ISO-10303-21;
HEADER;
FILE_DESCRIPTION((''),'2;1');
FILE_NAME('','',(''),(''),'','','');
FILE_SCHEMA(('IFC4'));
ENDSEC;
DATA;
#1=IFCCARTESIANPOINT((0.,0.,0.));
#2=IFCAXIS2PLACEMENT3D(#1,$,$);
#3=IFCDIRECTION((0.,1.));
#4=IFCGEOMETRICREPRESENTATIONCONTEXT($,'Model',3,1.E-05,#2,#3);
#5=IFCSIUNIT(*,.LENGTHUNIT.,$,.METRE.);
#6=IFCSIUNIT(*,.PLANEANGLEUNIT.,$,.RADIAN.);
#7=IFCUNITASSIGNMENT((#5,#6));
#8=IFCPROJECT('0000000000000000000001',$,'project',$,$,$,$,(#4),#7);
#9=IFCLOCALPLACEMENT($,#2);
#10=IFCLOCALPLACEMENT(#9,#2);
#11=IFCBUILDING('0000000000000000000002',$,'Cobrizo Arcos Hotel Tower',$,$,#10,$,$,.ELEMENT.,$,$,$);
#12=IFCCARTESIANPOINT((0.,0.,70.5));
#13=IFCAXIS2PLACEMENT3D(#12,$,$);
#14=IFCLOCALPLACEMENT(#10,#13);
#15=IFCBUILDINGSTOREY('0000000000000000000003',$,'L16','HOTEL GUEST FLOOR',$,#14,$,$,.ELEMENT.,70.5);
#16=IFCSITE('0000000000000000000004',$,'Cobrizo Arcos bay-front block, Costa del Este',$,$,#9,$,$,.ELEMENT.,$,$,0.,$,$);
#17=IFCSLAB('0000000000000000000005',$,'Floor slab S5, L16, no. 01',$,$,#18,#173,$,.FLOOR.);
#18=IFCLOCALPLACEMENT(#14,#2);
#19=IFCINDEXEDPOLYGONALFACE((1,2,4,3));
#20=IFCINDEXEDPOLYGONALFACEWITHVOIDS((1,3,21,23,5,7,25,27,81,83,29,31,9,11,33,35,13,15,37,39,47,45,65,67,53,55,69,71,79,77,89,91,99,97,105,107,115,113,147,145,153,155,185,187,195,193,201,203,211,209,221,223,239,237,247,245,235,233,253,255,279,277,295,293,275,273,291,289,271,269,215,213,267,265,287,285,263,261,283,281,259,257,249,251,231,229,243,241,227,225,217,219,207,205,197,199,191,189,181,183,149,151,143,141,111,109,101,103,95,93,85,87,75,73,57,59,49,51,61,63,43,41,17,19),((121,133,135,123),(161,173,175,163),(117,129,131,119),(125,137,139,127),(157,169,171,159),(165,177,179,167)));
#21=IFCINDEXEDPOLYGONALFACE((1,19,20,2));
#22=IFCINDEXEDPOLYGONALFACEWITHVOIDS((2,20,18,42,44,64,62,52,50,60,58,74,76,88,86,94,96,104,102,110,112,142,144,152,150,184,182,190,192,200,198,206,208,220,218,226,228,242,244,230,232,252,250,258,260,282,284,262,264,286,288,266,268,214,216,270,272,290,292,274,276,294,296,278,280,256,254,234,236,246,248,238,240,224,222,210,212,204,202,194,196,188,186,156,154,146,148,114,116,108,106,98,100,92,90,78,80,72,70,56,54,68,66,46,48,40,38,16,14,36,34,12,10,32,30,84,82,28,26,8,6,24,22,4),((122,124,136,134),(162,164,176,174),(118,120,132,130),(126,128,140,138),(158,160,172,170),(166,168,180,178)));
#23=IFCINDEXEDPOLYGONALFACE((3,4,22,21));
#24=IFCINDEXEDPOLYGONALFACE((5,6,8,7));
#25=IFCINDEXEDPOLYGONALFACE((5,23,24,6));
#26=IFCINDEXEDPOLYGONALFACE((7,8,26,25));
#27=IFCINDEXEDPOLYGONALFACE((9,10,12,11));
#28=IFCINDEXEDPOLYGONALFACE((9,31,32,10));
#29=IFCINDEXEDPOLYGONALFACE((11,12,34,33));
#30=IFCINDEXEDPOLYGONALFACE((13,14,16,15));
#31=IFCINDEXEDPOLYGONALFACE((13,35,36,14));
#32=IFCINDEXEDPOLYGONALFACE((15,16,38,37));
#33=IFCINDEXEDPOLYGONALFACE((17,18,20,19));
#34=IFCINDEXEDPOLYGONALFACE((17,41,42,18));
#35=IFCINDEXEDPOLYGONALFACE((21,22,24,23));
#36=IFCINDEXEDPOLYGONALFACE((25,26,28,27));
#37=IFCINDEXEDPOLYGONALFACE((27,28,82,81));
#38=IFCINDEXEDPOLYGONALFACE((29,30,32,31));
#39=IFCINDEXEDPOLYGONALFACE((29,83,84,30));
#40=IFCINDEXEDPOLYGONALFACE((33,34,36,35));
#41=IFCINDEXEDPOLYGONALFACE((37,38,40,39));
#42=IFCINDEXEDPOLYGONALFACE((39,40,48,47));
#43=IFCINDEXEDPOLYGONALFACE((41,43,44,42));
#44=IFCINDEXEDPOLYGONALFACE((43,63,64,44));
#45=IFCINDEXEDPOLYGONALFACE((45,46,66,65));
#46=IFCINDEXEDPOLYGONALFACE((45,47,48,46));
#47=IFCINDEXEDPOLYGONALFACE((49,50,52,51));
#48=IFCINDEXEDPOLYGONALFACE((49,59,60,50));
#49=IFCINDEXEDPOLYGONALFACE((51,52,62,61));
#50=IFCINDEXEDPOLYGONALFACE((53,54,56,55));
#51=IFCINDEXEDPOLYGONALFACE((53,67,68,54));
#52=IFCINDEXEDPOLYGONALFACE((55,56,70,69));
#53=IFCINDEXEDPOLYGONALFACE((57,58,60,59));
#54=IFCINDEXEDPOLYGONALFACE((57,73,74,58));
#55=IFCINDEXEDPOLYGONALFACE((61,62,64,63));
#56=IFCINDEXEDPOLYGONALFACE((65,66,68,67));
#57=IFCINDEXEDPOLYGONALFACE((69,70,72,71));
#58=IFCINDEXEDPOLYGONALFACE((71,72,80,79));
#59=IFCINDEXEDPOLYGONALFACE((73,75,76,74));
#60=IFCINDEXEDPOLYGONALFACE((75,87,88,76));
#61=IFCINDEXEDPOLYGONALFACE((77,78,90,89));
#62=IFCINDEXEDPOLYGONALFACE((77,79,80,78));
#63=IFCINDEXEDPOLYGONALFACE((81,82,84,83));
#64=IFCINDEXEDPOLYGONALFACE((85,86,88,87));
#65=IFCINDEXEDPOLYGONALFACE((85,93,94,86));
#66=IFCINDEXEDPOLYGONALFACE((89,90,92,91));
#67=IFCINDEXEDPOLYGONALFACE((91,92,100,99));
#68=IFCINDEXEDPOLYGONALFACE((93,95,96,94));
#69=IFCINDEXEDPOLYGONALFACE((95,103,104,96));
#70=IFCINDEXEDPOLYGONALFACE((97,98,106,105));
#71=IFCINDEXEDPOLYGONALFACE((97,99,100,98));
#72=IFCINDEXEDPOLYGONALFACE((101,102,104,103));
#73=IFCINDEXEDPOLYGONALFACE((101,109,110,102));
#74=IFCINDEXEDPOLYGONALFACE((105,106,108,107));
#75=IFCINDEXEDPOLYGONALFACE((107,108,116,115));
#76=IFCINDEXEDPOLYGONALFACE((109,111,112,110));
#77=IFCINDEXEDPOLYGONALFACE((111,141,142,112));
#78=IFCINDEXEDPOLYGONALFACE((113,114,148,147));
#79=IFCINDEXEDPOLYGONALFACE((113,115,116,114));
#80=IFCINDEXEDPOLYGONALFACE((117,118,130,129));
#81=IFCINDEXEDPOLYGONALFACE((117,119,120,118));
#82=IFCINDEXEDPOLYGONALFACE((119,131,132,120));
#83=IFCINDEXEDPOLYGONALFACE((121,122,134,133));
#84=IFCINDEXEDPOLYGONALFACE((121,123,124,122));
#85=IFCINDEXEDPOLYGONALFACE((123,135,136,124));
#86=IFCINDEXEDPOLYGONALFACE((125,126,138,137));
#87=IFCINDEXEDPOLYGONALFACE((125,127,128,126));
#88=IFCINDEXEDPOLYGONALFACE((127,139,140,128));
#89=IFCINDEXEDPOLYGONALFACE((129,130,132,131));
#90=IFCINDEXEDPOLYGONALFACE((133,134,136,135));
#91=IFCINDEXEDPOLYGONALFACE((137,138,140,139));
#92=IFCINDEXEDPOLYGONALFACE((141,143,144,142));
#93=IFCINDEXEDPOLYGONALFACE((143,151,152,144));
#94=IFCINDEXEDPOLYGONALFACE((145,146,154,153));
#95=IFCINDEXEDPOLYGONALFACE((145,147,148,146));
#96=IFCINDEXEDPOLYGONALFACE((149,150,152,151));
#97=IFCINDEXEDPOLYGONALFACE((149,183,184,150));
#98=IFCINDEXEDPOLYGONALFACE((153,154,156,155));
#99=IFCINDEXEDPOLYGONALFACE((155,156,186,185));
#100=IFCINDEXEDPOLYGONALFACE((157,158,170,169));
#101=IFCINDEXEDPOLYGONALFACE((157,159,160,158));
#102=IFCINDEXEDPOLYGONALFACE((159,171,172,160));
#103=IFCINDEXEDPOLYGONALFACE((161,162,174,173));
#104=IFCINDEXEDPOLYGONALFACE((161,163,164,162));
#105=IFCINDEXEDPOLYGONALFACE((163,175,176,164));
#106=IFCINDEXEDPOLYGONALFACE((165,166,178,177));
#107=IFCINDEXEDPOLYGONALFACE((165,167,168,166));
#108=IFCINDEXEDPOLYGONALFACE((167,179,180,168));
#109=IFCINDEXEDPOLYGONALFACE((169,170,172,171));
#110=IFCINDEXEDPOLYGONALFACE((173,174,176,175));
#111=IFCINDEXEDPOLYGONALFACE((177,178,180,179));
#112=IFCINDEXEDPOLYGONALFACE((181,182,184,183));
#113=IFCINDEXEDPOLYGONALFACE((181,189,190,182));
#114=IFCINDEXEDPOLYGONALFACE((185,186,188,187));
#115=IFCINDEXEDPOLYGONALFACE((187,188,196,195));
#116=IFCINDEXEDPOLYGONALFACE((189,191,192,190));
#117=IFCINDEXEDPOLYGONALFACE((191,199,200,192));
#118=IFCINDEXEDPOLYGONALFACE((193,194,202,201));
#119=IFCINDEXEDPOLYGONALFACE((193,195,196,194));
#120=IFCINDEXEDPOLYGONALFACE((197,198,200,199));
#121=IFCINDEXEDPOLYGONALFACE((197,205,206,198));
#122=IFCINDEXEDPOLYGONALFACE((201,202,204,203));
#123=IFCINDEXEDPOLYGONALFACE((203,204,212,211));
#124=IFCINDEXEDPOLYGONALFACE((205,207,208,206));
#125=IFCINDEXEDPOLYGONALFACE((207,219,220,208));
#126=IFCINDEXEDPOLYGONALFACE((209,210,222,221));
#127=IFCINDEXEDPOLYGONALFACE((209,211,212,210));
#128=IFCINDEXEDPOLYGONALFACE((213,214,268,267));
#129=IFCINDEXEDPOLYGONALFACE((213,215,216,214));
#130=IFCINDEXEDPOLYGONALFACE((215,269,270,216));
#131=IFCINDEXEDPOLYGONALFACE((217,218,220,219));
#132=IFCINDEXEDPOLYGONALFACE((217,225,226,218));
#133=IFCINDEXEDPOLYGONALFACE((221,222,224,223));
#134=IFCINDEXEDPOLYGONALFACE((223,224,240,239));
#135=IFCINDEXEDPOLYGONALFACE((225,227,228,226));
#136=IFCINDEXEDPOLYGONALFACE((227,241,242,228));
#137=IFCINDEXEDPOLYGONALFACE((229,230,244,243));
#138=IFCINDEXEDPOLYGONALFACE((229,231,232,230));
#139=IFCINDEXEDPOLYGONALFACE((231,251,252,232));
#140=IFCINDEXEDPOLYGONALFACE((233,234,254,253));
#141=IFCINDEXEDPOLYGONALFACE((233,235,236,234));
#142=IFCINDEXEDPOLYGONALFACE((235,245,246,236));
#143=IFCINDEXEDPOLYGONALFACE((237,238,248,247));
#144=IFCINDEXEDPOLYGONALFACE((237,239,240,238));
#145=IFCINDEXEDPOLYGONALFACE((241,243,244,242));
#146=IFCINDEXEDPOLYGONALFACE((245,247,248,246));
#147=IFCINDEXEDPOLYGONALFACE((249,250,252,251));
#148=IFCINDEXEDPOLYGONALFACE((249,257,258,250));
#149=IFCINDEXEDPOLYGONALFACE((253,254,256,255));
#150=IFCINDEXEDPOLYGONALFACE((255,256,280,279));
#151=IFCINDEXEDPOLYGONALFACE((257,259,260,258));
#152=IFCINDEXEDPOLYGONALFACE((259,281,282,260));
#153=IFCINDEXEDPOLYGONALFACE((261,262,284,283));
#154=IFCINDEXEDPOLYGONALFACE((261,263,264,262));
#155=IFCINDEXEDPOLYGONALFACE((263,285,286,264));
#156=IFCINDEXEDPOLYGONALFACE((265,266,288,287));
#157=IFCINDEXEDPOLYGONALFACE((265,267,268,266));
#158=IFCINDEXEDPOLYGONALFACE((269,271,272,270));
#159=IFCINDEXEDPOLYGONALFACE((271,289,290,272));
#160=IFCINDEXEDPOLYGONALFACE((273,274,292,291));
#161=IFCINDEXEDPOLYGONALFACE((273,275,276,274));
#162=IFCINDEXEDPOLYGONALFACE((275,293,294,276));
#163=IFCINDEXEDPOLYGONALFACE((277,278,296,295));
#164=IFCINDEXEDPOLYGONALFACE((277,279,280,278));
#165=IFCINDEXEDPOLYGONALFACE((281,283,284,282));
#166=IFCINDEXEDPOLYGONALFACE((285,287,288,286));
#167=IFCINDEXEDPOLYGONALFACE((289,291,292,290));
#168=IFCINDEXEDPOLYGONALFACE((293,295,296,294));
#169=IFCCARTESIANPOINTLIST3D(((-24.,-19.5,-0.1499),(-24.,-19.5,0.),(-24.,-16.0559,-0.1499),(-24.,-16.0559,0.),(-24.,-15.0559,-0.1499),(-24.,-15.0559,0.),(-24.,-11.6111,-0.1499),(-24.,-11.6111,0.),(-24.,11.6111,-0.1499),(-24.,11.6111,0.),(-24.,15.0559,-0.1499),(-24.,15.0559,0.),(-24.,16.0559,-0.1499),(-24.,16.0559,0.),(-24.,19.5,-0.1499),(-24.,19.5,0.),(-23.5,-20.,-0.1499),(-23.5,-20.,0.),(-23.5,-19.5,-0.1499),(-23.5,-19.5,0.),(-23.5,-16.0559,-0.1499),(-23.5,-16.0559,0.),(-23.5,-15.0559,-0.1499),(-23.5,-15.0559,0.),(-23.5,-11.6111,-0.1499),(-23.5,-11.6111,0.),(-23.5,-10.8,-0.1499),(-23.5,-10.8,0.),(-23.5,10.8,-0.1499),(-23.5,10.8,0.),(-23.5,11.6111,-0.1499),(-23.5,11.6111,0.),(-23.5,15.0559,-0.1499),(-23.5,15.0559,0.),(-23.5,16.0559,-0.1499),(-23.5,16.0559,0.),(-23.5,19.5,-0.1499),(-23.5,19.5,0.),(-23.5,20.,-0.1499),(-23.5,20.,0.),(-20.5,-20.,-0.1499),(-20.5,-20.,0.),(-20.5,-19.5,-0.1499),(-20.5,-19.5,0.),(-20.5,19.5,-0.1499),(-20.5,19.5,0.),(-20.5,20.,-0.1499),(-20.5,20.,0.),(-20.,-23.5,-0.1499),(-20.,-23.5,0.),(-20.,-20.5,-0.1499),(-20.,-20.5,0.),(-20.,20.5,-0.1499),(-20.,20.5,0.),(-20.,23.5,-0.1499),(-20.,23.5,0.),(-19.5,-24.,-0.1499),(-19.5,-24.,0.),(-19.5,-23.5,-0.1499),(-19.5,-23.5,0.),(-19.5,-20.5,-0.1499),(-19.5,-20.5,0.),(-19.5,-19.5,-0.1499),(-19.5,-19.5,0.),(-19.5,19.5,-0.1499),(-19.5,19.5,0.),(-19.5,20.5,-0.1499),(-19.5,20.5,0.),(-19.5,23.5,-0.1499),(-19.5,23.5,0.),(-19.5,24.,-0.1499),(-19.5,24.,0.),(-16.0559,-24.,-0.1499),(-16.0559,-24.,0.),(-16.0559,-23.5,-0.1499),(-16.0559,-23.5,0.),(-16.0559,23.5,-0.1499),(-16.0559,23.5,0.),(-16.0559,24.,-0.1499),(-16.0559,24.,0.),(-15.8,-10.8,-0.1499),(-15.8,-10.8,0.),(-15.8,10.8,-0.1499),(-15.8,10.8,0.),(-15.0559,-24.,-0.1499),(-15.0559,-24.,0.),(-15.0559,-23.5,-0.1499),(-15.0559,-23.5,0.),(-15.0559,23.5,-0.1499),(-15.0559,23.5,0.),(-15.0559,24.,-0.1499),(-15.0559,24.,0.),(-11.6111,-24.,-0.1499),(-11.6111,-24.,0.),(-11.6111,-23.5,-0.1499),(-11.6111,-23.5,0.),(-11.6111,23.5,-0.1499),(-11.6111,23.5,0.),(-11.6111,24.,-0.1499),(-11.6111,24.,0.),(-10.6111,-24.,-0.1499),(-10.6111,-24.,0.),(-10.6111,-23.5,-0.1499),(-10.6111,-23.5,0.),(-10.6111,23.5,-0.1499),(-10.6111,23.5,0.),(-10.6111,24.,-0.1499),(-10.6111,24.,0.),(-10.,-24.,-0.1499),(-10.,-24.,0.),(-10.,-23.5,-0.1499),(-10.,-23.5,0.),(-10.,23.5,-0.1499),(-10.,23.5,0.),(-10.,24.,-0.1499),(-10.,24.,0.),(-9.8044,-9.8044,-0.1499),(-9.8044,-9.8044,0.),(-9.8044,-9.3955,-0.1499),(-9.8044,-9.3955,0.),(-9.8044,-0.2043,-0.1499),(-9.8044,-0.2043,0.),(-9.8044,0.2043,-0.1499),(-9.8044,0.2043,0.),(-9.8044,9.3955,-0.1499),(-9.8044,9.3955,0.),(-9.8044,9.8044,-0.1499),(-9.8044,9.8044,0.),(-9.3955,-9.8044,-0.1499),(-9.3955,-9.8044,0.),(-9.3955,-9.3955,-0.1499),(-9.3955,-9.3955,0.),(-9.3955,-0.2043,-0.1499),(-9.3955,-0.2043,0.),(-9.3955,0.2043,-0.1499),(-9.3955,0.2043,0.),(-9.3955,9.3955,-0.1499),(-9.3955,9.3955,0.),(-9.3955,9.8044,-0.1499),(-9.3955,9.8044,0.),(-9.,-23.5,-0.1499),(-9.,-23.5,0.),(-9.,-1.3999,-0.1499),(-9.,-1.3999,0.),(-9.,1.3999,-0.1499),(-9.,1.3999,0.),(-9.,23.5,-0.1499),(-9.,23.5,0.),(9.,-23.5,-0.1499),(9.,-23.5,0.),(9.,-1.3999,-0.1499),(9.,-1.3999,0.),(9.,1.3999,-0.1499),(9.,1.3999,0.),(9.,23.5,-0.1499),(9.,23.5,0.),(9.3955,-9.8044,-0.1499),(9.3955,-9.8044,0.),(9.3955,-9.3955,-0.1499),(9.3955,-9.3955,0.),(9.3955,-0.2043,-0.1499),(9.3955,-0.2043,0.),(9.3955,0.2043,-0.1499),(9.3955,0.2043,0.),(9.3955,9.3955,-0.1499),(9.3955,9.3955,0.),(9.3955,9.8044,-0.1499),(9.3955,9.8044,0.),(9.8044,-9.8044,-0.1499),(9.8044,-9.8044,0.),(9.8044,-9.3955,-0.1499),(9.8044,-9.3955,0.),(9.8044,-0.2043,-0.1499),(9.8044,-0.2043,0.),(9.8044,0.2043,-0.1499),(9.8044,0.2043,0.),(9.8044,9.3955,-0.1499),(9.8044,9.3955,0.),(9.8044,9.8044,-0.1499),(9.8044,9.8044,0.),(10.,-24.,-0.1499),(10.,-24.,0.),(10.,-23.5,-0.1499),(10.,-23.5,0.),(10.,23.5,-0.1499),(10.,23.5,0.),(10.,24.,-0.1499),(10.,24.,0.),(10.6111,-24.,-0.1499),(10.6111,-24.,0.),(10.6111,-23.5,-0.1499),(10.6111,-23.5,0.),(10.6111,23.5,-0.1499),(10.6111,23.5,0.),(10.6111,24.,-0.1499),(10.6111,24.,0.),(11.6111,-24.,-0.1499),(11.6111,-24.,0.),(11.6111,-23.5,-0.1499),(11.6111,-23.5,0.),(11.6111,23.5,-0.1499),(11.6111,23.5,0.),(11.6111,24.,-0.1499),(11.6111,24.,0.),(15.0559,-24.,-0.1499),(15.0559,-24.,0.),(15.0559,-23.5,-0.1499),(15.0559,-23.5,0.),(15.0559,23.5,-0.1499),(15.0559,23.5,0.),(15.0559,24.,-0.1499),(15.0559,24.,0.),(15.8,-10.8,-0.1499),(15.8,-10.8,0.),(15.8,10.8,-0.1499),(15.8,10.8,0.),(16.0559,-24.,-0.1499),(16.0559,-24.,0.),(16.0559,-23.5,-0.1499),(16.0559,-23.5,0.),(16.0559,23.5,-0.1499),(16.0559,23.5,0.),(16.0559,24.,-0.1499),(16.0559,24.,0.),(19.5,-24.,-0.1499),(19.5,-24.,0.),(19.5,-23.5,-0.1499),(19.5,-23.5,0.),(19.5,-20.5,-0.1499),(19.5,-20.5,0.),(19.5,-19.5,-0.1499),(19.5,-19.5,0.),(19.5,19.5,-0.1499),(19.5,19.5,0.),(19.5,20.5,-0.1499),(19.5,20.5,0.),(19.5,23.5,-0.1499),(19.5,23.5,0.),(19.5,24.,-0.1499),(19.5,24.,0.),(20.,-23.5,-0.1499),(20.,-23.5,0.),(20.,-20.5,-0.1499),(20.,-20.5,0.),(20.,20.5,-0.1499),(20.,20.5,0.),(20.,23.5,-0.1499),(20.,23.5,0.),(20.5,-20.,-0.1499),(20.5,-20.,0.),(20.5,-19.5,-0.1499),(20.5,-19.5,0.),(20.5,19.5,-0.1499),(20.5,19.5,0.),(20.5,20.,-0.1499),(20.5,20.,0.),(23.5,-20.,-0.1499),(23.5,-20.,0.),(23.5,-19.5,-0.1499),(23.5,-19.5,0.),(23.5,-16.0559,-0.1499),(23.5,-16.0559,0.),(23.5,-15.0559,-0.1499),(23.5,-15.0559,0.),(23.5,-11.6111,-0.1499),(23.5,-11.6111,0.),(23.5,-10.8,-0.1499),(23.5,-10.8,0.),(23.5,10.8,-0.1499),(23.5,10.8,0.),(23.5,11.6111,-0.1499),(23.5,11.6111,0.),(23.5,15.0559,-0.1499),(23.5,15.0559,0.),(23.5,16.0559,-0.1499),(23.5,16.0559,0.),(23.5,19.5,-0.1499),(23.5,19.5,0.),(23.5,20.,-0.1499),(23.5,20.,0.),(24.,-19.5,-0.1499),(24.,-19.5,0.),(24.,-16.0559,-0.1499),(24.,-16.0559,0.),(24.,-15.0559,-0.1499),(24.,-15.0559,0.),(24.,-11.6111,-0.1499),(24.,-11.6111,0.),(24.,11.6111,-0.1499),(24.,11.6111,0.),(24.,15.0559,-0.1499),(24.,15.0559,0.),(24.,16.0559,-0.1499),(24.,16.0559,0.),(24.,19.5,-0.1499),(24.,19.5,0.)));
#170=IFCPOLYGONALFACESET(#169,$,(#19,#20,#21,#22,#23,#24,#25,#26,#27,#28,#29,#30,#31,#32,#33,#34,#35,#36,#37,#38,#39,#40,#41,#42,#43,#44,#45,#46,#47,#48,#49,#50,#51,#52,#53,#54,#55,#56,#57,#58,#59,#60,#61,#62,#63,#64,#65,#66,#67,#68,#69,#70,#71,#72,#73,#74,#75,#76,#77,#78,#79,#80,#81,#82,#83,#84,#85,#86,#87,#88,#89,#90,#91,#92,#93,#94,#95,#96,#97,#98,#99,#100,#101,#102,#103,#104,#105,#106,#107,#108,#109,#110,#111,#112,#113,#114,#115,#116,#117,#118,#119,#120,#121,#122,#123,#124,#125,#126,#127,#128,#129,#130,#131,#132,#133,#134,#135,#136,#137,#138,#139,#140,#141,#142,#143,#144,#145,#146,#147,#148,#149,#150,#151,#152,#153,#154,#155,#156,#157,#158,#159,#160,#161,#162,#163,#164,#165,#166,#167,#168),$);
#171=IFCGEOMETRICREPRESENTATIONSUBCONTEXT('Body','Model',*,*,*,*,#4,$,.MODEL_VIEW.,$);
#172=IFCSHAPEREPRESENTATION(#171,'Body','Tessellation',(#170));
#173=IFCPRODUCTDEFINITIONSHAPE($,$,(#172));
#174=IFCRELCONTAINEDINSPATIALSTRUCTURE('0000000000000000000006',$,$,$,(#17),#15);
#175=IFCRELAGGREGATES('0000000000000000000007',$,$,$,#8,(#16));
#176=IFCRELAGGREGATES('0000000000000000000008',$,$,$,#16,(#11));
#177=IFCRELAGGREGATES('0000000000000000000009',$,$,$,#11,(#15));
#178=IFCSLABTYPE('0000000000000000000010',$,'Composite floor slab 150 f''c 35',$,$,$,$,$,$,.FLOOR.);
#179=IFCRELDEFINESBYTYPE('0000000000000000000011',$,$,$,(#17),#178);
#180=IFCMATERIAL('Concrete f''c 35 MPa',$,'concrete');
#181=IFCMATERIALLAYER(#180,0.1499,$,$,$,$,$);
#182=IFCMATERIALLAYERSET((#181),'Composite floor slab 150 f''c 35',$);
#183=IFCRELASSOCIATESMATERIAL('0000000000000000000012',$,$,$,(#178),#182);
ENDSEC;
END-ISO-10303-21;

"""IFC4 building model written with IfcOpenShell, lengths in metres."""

from ifc_helpers import new_model, si_unit, direction, frame, origin, place, context, subcontext, project, spatial, polyline, outline, extrude, material, layer, layer_set, type_object, element, save


model = new_model("IFC4")

# Units and contexts
model_context = context("Model", 3, precision=1e-05, world=origin(), true_north=direction((0.0, 1.0)))
body_context = subcontext(model_context, "Body", "Model", "MODEL_VIEW")
ifc_project = project(units=[si_unit("LENGTHUNIT", "METRE"), si_unit("PLANEANGLEUNIT", "RADIAN")], contexts=[model_context])

# Site, building, storey
site_placement = place(None, origin())
site = spatial("IfcSite", under=ifc_project, at=site_placement, Name="Cobrizo Arcos bay-front block, Costa del Este", CompositionType="ELEMENT", RefElevation=0.0)
building_placement = place(site_placement, origin())
building = spatial("IfcBuilding", under=site, at=building_placement, Name="Cobrizo Arcos Hotel Tower", CompositionType="ELEMENT")
storey_placement = place(building_placement, frame((0.0, 0.0, 70.5)))
storey = spatial("IfcBuildingStorey", under=building, at=storey_placement, Name="L16", Description="HOTEL GUEST FLOOR", CompositionType="ELEMENT", Elevation=70.5)

# Slab
ifc_material_1 = material(Name="Concrete f'c 35 MPa", Category="concrete")
ifc_layer_1 = layer(ifc_material_1, 0.1499)
ifc_layer_set_1 = layer_set([ifc_layer_1], Name="Composite floor slab 150 f'c 35")
slab_type_1 = type_object("IfcSlabType", Name="Composite floor slab 150 f'c 35", PredefinedType="FLOOR", material=ifc_layer_set_1)
slab_1_placement = place(storey_placement, frame((0.0, 0.0, -0.1499)))
element("IfcSlab", 1, at=slab_1_placement, inside=storey, type_object=slab_type_1, Name="Floor slab S5, L16, no. 01", PredefinedType="FLOOR", context=body_context, shape_type="SweptSolid", body=[
    extrude(outline(polyline([(23.5, 20.0), (23.5, 19.5), (24.0, 19.5), (24.0, 16.0559), (23.5, 16.0559), (23.5, 15.0559), (24.0, 15.0559), (24.0, 11.6111), (23.5, 11.6111), (23.5, 10.8), (15.8, 10.8), (15.8, -10.8), (23.5, -10.8), (23.5, -11.6111), (24.0, -11.6111), (24.0, -15.0559), (23.5, -15.0559), (23.5, -16.0559), (24.0, -16.0559), (24.0, -19.5), (23.5, -19.5), (23.5, -20.0), (20.5, -20.0), (20.5, -19.5), (19.5, -19.5), (19.5, -20.5), (20.0, -20.5), (20.0, -23.5), (19.5, -23.5), (19.5, -24.0), (16.0559, -24.0), (16.0559, -23.5), (15.0559, -23.5), (15.0559, -24.0), (11.6111, -24.0), (11.6111, -23.5), (10.6111, -23.5), (10.6111, -24.0), (10.0, -24.0), (10.0, -23.5), (9.0, -23.5), (9.0, -1.3999), (-9.0, -1.3999), (-9.0, -23.5), (-10.0, -23.5), (-10.0, -24.0), (-10.6111, -24.0), (-10.6111, -23.5), (-11.6111, -23.5), (-11.6111, -24.0), (-15.0559, -24.0), (-15.0559, -23.5), (-16.0559, -23.5), (-16.0559, -24.0), (-19.5, -24.0), (-19.5, -23.5), (-20.0, -23.5), (-20.0, -20.5), (-19.5, -20.5), (-19.5, -19.5), (-20.5, -19.5), (-20.5, -20.0), (-23.5, -20.0), (-23.5, -19.5), (-24.0, -19.5), (-24.0, -16.0559), (-23.5, -16.0559), (-23.5, -15.0559), (-24.0, -15.0559), (-24.0, -11.6111), (-23.5, -11.6111), (-23.5, -10.8), (-15.8, -10.8), (-15.8, 10.8), (-23.5, 10.8), (-23.5, 11.6111), (-24.0, 11.6111), (-24.0, 15.0559), (-23.5, 15.0559), (-23.5, 16.0559), (-24.0, 16.0559), (-24.0, 19.5), (-23.5, 19.5), (-23.5, 20.0), (-20.5, 20.0), (-20.5, 19.5), (-19.5, 19.5), (-19.5, 20.5), (-20.0, 20.5), (-20.0, 23.5), (-19.5, 23.5), (-19.5, 24.0), (-16.0559, 24.0), (-16.0559, 23.5), (-15.0559, 23.5), (-15.0559, 24.0), (-11.6111, 24.0), (-11.6111, 23.5), (-10.6111, 23.5), (-10.6111, 24.0), (-10.0, 24.0), (-10.0, 23.5), (-9.0, 23.5), (-9.0, 1.3999), (9.0, 1.3999), (9.0, 23.5), (10.0, 23.5), (10.0, 24.0), (10.6111, 24.0), (10.6111, 23.5), (11.6111, 23.5), (11.6111, 24.0), (15.0559, 24.0), (15.0559, 23.5), (16.0559, 23.5), (16.0559, 24.0), (19.5, 24.0), (19.5, 23.5), (20.0, 23.5), (20.0, 20.5), (19.5, 20.5), (19.5, 19.5), (20.5, 19.5), (20.5, 20.0), (23.5, 20.0)]), holes=[polyline([(-9.8044, -9.8044), (-9.3955, -9.8044), (-9.3955, -9.3955), (-9.8044, -9.3955), (-9.8044, -9.8044)]), polyline([(-9.3955, -0.2043), (-9.3955, 0.2043), (-9.8044, 0.2043), (-9.8044, -0.2043), (-9.3955, -0.2043)]), polyline([(-9.3955, 9.3955), (-9.3955, 9.8044), (-9.8044, 9.8044), (-9.8044, 9.3955), (-9.3955, 9.3955)]), polyline([(9.3955, -9.8044), (9.8044, -9.8044), (9.8044, -9.3955), (9.3955, -9.3955), (9.3955, -9.8044)]), polyline([(9.3955, -0.2043), (9.8044, -0.2043), (9.8044, 0.2043), (9.3955, 0.2043), (9.3955, -0.2043)]), polyline([(9.8044, 9.3955), (9.8044, 9.8044), (9.3955, 9.8044), (9.3955, 9.3955), (9.8044, 9.3955)])]), origin(), (0.0, 0.0, 1.0), 0.1499),
])

save(model, "model.ifc")
